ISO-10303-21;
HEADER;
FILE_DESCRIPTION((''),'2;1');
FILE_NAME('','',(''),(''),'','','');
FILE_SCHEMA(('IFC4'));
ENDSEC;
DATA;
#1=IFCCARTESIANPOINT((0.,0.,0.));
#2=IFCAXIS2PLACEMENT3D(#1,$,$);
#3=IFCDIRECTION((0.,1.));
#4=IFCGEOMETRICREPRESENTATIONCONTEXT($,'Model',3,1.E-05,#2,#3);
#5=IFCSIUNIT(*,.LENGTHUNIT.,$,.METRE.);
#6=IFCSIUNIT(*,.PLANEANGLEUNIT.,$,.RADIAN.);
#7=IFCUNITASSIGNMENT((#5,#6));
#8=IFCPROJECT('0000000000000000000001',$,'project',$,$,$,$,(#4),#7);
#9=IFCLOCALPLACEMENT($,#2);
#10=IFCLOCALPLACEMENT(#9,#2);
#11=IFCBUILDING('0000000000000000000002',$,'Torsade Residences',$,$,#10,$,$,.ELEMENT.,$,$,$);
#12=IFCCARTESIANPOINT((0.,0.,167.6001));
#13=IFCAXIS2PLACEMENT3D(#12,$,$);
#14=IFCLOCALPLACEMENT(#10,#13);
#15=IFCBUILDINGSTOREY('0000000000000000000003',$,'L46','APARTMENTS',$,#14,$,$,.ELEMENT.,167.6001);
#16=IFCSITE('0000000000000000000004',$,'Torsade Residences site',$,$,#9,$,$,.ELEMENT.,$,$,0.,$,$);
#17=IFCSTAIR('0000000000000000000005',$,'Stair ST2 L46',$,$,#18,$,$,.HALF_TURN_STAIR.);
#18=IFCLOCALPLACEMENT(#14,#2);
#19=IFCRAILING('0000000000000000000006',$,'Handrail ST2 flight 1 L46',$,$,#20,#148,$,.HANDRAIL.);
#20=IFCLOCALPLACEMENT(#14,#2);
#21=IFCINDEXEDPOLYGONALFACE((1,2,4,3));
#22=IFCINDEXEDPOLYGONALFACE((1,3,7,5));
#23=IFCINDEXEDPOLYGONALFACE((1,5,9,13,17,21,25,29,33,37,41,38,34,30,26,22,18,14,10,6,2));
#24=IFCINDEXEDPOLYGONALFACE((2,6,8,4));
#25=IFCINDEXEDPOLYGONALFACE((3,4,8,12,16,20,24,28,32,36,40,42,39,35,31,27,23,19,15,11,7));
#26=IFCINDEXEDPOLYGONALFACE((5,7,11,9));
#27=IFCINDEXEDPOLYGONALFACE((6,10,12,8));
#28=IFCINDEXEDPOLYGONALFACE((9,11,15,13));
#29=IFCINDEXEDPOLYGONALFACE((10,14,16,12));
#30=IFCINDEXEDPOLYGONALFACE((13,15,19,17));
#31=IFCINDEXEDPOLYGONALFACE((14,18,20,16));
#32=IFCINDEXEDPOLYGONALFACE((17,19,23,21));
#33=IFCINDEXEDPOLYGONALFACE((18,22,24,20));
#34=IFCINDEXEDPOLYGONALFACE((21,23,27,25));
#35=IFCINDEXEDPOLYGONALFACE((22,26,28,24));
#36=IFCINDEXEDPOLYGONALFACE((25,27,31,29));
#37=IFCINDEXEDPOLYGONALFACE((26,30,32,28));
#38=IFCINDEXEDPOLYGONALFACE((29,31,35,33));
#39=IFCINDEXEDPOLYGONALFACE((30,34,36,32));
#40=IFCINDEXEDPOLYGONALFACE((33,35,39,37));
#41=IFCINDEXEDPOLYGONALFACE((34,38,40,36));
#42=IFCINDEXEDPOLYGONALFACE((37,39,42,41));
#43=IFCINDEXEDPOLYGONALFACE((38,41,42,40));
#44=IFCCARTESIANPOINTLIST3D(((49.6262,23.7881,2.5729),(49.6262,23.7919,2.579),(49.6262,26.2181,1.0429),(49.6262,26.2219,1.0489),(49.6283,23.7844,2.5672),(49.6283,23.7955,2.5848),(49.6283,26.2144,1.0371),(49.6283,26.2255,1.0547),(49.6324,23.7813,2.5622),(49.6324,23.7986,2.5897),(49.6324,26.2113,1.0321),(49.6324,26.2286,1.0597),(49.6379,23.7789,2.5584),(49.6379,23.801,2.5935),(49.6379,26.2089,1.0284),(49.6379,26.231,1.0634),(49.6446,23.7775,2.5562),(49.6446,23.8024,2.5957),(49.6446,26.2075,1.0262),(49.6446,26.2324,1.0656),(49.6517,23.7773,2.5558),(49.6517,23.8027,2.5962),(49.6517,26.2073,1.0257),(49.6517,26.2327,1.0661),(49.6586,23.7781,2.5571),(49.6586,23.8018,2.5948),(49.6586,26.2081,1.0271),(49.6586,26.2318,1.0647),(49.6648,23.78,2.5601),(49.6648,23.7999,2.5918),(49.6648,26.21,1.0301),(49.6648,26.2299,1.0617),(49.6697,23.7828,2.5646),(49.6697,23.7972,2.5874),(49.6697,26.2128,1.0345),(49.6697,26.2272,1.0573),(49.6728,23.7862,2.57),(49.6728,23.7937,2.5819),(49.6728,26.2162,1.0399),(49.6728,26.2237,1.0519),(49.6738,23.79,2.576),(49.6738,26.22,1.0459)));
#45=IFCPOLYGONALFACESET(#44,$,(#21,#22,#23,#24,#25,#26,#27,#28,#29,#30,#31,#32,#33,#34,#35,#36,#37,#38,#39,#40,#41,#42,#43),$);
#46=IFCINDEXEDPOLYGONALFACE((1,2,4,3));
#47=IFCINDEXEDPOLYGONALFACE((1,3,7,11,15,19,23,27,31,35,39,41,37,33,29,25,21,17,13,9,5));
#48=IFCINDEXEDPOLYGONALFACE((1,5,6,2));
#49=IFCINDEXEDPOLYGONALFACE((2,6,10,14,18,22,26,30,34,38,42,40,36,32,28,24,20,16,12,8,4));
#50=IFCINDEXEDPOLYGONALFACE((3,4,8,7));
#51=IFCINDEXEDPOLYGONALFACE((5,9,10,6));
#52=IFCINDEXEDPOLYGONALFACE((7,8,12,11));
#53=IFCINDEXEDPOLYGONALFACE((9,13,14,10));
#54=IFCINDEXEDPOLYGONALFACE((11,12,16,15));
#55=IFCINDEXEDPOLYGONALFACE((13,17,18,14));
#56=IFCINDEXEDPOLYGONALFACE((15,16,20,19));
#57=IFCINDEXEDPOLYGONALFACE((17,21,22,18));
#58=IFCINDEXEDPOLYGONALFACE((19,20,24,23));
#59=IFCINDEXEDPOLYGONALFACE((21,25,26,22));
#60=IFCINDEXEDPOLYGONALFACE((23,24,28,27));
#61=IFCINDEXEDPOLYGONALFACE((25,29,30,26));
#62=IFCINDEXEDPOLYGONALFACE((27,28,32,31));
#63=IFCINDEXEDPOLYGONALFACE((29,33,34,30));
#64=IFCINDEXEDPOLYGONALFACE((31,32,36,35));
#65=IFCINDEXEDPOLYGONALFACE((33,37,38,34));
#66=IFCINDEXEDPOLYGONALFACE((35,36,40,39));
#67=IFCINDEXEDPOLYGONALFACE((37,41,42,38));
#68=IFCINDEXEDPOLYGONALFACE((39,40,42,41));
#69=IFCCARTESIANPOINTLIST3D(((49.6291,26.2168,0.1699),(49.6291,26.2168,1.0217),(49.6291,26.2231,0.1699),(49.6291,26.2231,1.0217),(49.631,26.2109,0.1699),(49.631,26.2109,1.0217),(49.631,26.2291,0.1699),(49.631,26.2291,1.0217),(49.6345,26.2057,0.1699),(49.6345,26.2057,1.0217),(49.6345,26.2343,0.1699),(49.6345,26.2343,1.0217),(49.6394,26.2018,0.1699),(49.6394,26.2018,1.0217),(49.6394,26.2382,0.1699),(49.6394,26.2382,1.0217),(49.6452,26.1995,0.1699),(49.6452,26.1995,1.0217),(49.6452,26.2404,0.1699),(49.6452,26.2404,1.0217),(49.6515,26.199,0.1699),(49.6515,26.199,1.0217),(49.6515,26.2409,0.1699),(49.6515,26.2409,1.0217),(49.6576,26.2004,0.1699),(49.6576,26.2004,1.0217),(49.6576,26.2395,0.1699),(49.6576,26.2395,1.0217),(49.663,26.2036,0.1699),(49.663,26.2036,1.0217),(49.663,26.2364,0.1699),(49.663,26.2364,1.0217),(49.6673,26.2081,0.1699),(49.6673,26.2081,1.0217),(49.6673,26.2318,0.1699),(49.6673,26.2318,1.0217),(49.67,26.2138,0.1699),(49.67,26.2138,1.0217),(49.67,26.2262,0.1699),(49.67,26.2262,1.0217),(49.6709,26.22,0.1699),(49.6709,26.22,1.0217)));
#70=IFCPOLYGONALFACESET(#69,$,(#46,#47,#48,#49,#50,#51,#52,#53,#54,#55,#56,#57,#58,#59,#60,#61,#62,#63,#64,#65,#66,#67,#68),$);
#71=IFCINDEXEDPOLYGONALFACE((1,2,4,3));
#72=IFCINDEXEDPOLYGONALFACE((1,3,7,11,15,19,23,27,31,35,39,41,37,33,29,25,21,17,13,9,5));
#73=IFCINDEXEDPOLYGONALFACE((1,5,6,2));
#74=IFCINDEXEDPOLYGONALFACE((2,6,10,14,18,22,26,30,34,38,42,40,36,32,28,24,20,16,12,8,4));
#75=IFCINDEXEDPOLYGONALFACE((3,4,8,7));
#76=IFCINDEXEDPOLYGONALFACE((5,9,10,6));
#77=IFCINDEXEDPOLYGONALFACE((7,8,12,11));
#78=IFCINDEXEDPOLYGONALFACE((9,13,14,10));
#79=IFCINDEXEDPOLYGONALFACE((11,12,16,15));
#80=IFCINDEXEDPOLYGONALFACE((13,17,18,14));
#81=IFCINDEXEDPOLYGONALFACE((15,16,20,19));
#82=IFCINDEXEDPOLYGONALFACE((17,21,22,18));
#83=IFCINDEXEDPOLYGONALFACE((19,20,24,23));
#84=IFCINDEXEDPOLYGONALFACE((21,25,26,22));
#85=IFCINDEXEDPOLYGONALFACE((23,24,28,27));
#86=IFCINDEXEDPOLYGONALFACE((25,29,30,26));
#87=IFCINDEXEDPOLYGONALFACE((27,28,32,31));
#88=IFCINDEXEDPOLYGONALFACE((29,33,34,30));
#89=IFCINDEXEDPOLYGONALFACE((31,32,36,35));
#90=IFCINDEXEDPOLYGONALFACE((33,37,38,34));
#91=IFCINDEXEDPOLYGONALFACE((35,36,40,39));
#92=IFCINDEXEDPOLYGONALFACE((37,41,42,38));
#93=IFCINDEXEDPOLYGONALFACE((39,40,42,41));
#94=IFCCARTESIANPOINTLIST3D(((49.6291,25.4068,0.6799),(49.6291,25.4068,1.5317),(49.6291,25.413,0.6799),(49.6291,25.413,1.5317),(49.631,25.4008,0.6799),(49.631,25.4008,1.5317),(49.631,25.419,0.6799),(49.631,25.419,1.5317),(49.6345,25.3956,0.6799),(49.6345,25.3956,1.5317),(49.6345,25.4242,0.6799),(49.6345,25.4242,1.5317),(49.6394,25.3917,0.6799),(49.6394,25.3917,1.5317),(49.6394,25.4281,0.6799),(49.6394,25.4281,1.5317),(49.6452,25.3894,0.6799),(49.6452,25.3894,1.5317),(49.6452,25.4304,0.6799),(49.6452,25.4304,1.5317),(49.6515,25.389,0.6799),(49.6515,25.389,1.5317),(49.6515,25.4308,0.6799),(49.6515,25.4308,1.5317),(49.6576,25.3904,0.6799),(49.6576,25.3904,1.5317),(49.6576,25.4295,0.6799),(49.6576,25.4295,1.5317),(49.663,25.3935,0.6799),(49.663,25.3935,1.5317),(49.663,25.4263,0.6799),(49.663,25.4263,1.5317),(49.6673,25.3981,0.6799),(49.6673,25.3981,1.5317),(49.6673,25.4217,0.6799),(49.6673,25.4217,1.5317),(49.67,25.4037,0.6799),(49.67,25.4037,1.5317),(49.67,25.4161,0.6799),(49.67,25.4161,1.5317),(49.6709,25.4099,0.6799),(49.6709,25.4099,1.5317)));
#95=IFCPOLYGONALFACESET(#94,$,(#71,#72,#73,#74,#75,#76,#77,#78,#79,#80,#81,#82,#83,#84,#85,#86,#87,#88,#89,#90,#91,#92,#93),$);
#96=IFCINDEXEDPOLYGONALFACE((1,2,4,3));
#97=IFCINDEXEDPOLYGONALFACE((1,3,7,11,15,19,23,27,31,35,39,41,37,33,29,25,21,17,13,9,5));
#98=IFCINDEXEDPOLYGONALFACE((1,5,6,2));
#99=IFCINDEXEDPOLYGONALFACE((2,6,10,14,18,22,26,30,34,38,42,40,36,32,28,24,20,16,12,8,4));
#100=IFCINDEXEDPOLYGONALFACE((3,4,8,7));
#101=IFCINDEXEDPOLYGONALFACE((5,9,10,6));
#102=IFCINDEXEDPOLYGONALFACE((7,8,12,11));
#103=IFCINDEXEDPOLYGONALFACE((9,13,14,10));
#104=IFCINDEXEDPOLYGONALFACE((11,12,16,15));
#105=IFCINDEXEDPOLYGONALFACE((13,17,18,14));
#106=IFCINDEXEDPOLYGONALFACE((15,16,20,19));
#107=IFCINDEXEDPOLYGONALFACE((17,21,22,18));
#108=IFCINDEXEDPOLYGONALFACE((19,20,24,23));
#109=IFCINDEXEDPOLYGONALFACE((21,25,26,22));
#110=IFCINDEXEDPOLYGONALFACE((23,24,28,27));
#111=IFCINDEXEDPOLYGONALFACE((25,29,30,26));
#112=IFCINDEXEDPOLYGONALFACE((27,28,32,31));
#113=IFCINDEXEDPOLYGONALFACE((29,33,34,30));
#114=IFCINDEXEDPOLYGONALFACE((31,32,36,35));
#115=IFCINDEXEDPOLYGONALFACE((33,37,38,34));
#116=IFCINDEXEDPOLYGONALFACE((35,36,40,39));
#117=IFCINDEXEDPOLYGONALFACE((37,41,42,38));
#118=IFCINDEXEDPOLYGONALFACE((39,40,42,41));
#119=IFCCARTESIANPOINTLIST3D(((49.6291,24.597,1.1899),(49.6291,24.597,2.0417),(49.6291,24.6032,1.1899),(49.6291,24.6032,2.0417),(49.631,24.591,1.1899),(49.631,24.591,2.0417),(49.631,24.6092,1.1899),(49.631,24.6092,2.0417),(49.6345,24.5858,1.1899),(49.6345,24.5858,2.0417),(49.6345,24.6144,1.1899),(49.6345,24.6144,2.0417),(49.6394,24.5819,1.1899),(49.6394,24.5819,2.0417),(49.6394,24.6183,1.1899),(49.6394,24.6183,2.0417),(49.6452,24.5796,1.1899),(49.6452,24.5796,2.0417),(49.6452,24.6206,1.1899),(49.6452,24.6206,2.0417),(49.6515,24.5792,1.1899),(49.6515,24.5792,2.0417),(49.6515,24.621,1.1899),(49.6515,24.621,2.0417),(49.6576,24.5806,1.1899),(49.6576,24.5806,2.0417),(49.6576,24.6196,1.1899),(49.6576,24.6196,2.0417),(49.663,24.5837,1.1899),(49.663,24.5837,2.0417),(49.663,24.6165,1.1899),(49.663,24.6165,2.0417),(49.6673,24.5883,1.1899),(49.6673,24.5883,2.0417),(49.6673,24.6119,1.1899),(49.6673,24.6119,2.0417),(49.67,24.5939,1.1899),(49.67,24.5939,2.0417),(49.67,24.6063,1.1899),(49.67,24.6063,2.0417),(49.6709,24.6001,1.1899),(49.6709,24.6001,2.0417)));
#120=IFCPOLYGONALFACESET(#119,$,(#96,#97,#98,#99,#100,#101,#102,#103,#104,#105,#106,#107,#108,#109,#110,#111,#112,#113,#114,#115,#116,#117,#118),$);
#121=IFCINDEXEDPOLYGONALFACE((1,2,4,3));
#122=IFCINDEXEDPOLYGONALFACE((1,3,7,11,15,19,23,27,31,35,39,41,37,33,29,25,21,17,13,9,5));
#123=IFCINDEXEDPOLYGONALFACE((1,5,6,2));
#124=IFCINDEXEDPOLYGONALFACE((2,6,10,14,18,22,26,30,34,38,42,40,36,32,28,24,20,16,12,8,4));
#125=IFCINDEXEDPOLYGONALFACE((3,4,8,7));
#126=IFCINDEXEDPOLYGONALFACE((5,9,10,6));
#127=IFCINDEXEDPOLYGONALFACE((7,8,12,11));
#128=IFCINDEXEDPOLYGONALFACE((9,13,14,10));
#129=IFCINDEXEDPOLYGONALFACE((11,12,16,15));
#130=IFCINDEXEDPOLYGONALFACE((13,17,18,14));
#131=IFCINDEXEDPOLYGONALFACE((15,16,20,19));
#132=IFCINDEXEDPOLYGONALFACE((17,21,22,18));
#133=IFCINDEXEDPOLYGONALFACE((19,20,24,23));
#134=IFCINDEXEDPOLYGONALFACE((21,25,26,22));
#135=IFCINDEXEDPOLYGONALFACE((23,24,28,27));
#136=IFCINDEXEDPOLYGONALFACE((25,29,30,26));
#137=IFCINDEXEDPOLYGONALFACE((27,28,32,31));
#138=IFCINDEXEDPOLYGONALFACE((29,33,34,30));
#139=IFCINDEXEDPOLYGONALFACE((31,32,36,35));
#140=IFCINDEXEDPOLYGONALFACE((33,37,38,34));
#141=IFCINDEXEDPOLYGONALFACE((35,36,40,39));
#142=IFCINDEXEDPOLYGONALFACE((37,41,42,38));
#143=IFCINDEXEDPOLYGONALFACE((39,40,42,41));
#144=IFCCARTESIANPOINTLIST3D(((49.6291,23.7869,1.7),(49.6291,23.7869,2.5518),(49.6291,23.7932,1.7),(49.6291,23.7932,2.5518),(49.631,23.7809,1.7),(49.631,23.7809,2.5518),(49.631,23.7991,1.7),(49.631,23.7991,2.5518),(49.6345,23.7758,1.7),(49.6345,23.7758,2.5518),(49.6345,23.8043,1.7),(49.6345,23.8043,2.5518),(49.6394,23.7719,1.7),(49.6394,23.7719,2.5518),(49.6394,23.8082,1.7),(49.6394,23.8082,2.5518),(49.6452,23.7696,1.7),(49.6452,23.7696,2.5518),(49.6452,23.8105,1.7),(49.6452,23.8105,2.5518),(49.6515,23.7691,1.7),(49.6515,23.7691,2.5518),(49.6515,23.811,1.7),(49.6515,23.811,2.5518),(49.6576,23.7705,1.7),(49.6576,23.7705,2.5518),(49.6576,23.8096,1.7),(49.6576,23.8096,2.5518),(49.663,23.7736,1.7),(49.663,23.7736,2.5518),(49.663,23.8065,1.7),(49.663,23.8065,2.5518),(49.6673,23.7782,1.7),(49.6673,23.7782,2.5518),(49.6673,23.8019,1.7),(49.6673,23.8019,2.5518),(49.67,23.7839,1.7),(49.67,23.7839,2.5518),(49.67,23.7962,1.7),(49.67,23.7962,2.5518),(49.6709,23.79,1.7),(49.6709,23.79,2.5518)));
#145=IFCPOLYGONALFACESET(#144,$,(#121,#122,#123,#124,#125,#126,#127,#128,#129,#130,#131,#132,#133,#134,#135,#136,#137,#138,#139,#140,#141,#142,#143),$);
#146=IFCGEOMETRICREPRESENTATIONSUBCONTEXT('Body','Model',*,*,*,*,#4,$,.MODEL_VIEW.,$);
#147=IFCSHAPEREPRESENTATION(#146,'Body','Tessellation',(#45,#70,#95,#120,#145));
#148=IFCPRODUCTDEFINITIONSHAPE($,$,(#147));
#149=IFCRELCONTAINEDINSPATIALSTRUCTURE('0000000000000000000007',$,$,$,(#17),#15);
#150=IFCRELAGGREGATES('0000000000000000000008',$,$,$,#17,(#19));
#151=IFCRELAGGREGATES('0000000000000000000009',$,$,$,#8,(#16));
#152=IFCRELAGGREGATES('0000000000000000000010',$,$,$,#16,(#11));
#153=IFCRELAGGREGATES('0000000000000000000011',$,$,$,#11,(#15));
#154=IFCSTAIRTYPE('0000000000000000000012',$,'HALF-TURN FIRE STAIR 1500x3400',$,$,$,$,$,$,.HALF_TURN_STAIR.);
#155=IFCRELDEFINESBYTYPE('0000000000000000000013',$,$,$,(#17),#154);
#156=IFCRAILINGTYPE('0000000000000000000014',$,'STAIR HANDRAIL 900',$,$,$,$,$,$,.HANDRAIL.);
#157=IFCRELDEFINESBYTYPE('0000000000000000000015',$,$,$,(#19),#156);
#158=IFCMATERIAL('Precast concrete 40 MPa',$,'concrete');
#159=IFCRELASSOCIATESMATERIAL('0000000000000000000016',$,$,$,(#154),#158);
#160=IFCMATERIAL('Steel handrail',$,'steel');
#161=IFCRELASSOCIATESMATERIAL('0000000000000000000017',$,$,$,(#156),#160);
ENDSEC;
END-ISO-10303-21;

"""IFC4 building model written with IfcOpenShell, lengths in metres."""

from ifc_helpers import new_model, si_unit, direction, frame, origin, origin_2d, place, context, subcontext, project, spatial, circle, extrude, material, type_object, element, aggregate, save


model = new_model("IFC4")

# Units and contexts
model_context = context("Model", 3, precision=1e-05, world=origin(), true_north=direction((0.0, 1.0)))
body_context = subcontext(model_context, "Body", "Model", "MODEL_VIEW")
ifc_project = project(units=[si_unit("LENGTHUNIT", "METRE"), si_unit("PLANEANGLEUNIT", "RADIAN")], contexts=[model_context])

# Site, building, storey
site_placement = place(None, origin())
site = spatial("IfcSite", under=ifc_project, at=site_placement, Name="Torsade Residences site", CompositionType="ELEMENT", RefElevation=0.0)
building_placement = place(site_placement, origin())
building = spatial("IfcBuilding", under=site, at=building_placement, Name="Torsade Residences", CompositionType="ELEMENT")
storey_placement = place(building_placement, frame((0.0, 0.0, 167.6001)))
storey = spatial("IfcBuildingStorey", under=building, at=storey_placement, Name="L46", Description="APARTMENTS", CompositionType="ELEMENT", Elevation=167.6001)

# Stair, railing
ifc_material_1 = material(Name="Precast concrete 40 MPa", Category="concrete")
stair_type = type_object("IfcStairType", Name="HALF-TURN FIRE STAIR 1500x3400", PredefinedType="HALF_TURN_STAIR", material=ifc_material_1)
stair_placement = place(storey_placement, origin())
stair = element("IfcStair", 1, at=stair_placement, inside=storey, type_object=stair_type, Name="Stair ST2 L46", PredefinedType="HALF_TURN_STAIR")
ifc_material_2 = material(Name="Steel handrail", Category="steel")
railing_type = type_object("IfcRailingType", Name="STAIR HANDRAIL 900", PredefinedType="HANDRAIL", material=ifc_material_2)
railing_1_placement = place(storey_placement, frame((49.6499, 26.22, 0.1699)))
railing_1 = element("IfcRailing", 2, at=railing_1_placement, type_object=railing_type, Name="Handrail ST2 flight 1 L46", PredefinedType="HANDRAIL", context=body_context, shape_type="SweptSolid", body=[
    extrude(circle(Radius=0.0239, at=origin_2d()), frame((0.0, 0.0, 0.876), z_axis=(0.0, -0.846221, 0.532831), x_axis=(1.0, 0.0, 0.0)), (0.0, 0.0, 1.0), 2.8716),
    extrude(circle(Radius=0.021, at=origin_2d()), origin(), (0.0, 0.0, 1.0), 0.8518),
    extrude(circle(Radius=0.021, at=origin_2d()), frame((0.0, -0.8101, 0.51)), (0.0, 0.0, 1.0), 0.8518),
    extrude(circle(Radius=0.021, at=origin_2d()), frame((0.0, -1.6199, 1.02)), (0.0, 0.0, 1.0), 0.8518),
    extrude(circle(Radius=0.021, at=origin_2d()), frame((0.0, -2.4299, 1.53)), (0.0, 0.0, 1.0), 0.8518),
])
aggregate(stair, [railing_1])

save(model, "model.ifc")
